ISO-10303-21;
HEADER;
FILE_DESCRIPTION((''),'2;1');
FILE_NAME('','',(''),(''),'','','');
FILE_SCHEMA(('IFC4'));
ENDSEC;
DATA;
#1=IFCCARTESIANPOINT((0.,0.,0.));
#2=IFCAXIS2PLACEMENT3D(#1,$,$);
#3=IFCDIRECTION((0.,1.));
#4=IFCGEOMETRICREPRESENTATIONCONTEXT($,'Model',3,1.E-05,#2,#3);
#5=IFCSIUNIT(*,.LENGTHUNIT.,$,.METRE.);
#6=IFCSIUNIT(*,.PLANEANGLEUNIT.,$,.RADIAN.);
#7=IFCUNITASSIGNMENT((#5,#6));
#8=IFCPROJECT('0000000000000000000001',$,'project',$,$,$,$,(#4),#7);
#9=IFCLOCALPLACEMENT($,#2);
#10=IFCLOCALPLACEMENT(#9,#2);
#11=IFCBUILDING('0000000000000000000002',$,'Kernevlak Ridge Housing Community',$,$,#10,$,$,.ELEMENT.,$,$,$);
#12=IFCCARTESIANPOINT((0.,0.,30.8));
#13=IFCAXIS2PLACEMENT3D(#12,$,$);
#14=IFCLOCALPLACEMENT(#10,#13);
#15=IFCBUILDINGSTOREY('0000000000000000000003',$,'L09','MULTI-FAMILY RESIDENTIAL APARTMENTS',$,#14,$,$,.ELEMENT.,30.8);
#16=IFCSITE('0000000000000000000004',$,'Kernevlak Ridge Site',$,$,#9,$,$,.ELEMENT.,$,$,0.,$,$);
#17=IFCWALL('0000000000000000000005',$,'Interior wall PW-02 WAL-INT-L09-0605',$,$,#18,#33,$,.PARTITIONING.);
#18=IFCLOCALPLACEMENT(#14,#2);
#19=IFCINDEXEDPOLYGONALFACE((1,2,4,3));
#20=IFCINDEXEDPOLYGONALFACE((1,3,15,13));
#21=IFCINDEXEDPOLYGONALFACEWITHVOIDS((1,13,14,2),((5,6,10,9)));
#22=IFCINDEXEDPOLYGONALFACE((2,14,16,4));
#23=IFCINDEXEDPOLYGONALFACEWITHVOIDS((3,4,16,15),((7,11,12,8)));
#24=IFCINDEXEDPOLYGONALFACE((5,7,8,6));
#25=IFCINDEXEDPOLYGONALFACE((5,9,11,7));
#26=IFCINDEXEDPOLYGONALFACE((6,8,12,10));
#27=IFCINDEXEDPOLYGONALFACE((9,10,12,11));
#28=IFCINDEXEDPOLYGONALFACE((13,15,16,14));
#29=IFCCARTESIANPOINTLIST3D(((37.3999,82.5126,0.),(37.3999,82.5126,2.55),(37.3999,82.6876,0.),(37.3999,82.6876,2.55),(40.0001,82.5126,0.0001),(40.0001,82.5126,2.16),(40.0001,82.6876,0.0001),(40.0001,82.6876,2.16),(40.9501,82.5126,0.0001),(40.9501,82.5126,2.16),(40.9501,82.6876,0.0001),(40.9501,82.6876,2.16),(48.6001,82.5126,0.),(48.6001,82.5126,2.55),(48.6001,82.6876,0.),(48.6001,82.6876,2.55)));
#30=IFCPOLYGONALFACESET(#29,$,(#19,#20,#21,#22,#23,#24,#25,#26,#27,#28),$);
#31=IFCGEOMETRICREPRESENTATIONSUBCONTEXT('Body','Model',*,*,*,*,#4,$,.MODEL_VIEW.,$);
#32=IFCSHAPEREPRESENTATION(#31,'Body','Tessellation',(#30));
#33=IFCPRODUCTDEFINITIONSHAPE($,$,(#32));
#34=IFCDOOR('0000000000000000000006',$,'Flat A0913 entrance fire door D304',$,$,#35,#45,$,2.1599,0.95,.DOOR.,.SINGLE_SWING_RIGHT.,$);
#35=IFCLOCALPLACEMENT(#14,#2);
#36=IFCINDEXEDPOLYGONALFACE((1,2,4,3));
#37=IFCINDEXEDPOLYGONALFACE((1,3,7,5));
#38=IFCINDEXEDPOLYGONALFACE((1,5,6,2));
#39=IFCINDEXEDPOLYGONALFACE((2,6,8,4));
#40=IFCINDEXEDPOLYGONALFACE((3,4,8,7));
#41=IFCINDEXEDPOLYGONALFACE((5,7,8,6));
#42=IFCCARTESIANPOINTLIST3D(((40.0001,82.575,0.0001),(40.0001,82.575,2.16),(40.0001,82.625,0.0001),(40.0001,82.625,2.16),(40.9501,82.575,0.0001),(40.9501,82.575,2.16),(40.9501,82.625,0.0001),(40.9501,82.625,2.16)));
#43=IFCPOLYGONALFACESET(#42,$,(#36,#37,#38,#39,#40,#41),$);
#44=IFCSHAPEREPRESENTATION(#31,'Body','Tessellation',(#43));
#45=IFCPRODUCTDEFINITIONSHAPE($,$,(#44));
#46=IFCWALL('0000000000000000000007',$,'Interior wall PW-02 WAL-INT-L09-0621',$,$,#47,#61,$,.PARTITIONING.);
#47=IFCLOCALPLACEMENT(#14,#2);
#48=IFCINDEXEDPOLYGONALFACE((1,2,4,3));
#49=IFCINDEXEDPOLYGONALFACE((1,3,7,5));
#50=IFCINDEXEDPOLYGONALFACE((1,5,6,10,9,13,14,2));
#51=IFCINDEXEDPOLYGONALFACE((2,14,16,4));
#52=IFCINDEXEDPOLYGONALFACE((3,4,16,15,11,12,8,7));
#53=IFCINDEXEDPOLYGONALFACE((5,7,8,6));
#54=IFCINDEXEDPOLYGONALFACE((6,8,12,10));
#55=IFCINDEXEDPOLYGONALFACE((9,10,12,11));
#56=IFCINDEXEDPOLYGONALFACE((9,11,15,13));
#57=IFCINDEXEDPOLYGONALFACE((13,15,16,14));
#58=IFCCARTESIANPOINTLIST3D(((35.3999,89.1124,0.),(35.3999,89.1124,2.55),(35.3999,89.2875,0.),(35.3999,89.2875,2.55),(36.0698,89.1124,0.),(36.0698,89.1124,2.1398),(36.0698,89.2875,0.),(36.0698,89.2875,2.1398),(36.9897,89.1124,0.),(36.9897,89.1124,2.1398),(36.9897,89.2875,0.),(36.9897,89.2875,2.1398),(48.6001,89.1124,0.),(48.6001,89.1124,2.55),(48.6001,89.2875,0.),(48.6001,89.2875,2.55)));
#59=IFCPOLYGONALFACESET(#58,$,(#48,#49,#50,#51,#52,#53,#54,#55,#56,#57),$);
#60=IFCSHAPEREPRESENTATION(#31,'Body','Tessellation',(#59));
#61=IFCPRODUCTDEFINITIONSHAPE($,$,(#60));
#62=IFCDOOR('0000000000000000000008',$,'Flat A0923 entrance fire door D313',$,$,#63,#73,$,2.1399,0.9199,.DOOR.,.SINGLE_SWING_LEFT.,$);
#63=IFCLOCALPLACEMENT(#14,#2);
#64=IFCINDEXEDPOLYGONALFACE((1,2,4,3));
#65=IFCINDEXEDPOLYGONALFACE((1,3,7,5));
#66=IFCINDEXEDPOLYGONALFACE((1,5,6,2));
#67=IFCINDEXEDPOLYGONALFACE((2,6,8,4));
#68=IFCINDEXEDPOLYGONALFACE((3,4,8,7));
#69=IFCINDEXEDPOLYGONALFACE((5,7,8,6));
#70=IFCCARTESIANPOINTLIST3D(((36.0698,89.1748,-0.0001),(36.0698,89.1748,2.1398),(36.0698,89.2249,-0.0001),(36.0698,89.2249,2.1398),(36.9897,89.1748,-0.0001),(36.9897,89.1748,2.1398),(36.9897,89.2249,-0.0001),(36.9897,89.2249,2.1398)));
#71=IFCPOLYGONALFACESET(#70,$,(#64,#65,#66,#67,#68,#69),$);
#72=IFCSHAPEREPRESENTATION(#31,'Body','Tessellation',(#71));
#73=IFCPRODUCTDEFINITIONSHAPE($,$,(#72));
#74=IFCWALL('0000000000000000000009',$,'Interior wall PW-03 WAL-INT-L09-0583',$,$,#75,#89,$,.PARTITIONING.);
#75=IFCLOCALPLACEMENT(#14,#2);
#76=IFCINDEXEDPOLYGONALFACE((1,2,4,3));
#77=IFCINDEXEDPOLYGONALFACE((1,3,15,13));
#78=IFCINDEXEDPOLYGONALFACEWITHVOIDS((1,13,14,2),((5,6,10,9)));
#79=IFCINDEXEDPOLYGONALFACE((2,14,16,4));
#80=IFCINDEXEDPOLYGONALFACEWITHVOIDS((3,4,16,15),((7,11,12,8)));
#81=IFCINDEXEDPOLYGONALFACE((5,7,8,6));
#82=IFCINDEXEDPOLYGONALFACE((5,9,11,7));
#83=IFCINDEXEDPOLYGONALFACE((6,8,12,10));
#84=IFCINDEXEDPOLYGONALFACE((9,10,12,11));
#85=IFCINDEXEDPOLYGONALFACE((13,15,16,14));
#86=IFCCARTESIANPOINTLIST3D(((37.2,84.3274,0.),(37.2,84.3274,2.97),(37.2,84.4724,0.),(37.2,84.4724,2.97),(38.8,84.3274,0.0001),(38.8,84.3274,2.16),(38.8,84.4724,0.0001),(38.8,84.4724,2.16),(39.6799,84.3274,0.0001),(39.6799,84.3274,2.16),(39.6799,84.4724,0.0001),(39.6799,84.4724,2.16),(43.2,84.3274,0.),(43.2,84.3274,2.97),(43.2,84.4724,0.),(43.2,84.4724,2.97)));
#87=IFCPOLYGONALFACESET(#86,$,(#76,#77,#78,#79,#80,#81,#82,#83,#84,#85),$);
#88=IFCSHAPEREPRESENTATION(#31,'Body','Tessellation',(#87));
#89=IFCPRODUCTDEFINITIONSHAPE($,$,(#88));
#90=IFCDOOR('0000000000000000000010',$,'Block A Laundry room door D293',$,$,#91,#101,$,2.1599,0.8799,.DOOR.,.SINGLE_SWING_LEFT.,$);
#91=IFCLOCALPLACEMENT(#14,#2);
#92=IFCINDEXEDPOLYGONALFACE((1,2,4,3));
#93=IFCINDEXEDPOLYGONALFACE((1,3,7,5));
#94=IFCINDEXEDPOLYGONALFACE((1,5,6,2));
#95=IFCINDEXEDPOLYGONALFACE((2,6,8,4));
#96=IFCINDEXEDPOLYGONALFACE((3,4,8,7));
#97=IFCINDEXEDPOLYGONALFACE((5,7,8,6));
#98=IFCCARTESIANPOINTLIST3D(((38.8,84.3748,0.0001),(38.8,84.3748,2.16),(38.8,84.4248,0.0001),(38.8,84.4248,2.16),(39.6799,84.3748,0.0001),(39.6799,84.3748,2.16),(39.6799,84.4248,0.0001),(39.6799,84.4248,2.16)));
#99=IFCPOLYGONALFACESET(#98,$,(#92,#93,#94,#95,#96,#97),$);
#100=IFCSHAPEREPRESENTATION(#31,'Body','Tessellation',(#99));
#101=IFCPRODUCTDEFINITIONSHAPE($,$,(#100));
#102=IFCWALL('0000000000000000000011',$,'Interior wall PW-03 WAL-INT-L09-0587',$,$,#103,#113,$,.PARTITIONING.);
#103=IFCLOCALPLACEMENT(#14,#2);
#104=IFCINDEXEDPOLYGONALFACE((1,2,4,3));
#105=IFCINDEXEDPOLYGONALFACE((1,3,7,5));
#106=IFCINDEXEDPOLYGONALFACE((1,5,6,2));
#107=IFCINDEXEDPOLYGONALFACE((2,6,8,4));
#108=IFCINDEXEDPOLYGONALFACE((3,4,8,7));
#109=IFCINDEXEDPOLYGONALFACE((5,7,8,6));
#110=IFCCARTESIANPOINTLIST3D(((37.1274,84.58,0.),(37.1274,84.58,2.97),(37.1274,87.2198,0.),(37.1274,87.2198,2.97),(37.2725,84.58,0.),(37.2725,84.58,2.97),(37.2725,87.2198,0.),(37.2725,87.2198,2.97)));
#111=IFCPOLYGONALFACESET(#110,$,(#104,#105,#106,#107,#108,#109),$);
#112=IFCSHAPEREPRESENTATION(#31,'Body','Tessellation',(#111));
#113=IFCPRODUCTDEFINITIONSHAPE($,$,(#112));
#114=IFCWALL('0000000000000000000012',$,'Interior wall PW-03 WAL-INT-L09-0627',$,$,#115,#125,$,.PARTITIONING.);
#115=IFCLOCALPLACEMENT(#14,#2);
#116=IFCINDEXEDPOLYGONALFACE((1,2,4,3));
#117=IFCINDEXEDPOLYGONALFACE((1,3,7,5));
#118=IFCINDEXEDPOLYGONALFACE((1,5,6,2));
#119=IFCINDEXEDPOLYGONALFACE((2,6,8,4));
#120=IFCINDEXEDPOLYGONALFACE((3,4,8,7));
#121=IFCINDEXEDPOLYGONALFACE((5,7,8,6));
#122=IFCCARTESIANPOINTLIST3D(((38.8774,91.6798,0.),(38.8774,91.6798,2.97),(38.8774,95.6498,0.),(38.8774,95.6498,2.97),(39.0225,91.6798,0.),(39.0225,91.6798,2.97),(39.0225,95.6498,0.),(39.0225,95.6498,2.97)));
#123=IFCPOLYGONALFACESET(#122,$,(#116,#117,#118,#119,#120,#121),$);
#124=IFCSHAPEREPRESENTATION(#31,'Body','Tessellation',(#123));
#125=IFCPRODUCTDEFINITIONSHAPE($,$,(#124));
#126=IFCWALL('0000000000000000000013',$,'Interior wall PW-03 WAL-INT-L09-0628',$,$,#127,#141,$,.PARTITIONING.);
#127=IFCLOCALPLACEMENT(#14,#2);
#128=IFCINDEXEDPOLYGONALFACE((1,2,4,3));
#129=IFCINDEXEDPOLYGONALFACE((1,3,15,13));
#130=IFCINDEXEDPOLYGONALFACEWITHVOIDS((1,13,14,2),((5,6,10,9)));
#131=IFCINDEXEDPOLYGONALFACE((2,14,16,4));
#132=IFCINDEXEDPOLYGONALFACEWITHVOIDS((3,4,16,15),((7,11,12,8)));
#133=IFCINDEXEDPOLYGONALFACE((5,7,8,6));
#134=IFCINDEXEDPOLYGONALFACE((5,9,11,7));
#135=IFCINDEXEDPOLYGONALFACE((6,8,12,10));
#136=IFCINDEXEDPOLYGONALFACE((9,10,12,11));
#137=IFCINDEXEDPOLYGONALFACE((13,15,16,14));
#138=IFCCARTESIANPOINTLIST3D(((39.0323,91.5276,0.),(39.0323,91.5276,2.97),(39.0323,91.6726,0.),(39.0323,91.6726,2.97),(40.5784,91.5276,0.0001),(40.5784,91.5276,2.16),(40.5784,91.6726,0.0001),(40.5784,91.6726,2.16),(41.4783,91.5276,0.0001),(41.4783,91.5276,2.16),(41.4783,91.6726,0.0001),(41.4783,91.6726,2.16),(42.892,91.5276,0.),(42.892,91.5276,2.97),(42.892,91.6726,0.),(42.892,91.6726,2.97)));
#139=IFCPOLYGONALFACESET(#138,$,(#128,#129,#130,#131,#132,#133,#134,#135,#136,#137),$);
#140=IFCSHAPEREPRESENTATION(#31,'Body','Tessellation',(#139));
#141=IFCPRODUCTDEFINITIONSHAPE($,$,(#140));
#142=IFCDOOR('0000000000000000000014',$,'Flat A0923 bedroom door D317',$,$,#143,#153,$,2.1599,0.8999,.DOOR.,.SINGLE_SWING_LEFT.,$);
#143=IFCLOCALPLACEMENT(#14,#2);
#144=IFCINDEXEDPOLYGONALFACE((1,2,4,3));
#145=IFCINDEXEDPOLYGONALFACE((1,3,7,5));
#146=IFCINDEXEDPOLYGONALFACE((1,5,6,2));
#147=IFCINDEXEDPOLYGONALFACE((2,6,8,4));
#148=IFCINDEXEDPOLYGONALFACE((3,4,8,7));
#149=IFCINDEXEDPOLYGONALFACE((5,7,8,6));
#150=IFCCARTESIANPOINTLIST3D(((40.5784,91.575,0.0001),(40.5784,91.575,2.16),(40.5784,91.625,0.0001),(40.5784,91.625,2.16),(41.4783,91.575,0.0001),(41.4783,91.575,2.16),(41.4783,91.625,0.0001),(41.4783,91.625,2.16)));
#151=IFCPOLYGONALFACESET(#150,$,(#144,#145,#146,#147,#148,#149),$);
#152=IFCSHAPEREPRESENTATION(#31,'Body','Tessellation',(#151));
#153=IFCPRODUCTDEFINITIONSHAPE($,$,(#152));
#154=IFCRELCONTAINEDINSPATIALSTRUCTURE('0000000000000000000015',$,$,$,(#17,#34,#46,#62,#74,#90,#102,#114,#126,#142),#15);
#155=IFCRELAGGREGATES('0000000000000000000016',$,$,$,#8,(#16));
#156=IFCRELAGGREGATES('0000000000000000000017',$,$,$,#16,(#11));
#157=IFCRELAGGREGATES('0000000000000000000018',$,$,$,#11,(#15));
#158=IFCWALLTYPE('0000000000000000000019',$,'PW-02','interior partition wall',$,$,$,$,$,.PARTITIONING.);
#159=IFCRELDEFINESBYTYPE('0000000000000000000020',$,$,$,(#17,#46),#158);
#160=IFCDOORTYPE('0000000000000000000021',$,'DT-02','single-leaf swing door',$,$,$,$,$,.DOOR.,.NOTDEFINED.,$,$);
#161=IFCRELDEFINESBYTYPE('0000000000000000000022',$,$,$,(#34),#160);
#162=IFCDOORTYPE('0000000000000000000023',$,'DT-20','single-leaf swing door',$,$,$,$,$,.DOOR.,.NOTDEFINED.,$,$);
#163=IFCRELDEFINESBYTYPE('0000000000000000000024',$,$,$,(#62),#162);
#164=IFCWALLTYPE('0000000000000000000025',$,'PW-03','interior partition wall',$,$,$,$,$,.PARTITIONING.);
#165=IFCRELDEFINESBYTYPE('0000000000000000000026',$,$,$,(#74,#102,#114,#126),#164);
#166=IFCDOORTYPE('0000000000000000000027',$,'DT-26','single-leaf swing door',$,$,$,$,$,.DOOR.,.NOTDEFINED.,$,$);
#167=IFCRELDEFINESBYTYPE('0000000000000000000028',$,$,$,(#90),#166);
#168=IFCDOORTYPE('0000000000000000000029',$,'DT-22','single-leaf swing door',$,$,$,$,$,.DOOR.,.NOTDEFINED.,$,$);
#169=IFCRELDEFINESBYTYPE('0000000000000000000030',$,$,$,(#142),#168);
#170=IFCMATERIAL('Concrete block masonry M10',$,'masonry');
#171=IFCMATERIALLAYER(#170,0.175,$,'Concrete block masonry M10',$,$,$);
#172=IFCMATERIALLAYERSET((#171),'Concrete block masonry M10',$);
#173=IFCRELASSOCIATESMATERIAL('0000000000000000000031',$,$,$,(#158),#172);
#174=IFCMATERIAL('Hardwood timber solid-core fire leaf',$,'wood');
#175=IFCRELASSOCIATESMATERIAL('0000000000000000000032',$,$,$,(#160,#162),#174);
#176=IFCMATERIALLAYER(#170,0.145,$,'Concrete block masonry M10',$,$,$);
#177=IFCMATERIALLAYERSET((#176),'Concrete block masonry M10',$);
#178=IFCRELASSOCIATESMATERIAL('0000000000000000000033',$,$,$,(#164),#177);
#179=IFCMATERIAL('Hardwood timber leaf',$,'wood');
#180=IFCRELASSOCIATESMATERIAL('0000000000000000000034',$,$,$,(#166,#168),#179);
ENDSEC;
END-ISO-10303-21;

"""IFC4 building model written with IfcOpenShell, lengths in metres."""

from ifc_helpers import new_model, si_unit, direction, frame, frame_2d, origin, place, context, subcontext, project, spatial, rectangle, extrude, material, layer, layer_set, type_object, element, fill, save


model = new_model("IFC4")

# Units and contexts
model_context = context("Model", 3, precision=1e-05, world=origin(), true_north=direction((0.0, 1.0)))
body_context = subcontext(model_context, "Body", "Model", "MODEL_VIEW")
ifc_project = project(units=[si_unit("LENGTHUNIT", "METRE"), si_unit("PLANEANGLEUNIT", "RADIAN")], contexts=[model_context])

# Site, building, storey
site_placement = place(None, origin())
site = spatial("IfcSite", under=ifc_project, at=site_placement, Name="Kernevlak Ridge Site", CompositionType="ELEMENT", RefElevation=0.0)
building_placement = place(site_placement, origin())
building = spatial("IfcBuilding", under=site, at=building_placement, Name="Kernevlak Ridge Housing Community", CompositionType="ELEMENT")
storey_placement = place(building_placement, frame((0.0, 0.0, 30.8)))
storey = spatial("IfcBuildingStorey", under=building, at=storey_placement, Name="L09", Description="MULTI-FAMILY RESIDENTIAL APARTMENTS", CompositionType="ELEMENT", Elevation=30.8)

# Shared definitions
ifc_material_1 = material(Name="Concrete block masonry M10", Category="masonry")

# Shared definitions
ifc_layer_1 = layer(ifc_material_1, 0.175, Name="Concrete block masonry M10")
ifc_layer_set_1 = layer_set([ifc_layer_1], Name="Concrete block masonry M10")
wall_type_1 = type_object("IfcWallType", Name="PW-02", Description="interior partition wall", PredefinedType="PARTITIONING", material=ifc_layer_set_1)

# Walls, openings, doors
wall_1_placement = place(storey_placement, frame((37.3999, 82.6001, 0.0), z_axis=(0.0, 0.0, 1.0), x_axis=(1.0, 0.0, 0.0)))
wall_1 = element("IfcWall", 1, at=wall_1_placement, inside=storey, type_object=wall_type_1, Name="Interior wall PW-02 WAL-INT-L09-0605", PredefinedType="PARTITIONING", context=body_context, shape_type="SweptSolid", body=[
    extrude(rectangle(XDim=11.2002, YDim=0.175, at=frame_2d((5.6001, 0.0))), origin(), (0.0, 0.0, 1.0), 2.55),
])
opening_1_placement = place(wall_1_placement, frame((2.6001, 0.0, 0.0)))
opening_1 = element("IfcOpeningElement", 2, at=opening_1_placement, cuts=wall_1, PredefinedType="OPENING", context=body_context, shape_type="SweptSolid", body=[
    extrude(rectangle(XDim=0.95, YDim=2.1599, at=frame_2d((0.4751, 1.0801))), frame((0.0, 0.0974, 0.0), z_axis=(0.0, -1.0, 0.0), x_axis=(1.0, 0.0, 0.0)), (0.0, 0.0, 1.0), 0.1951),
])
ifc_material_2 = material(Name="Hardwood timber solid-core fire leaf", Category="wood")
door_type_1 = type_object("IfcDoorType", Name="DT-02", Description="single-leaf swing door", OperationType="NOTDEFINED", PredefinedType="DOOR", material=ifc_material_2)
door_1_placement = place(opening_1_placement, origin())
door_1 = element("IfcDoor", 3, at=door_1_placement, inside=storey, type_object=door_type_1, Name="Flat A0913 entrance fire door D304", OperationType="SINGLE_SWING_RIGHT", OverallHeight=2.1599, OverallWidth=0.95, PredefinedType="DOOR", context=body_context, shape_type="SweptSolid", body=[
    extrude(rectangle(XDim=0.95, YDim=2.1599, at=frame_2d((0.4751, 1.0801))), frame((0.0, 0.0249, 0.0), z_axis=(0.0, -1.0, 0.0), x_axis=(1.0, 0.0, 0.0)), (0.0, 0.0, 1.0), 0.05),
])
fill(opening_1, door_1)
wall_2_placement = place(storey_placement, frame((35.3999, 89.2, 0.0), z_axis=(0.0, 0.0, 1.0), x_axis=(1.0, 0.0, 0.0)))
wall_2 = element("IfcWall", 4, at=wall_2_placement, inside=storey, type_object=wall_type_1, Name="Interior wall PW-02 WAL-INT-L09-0621", PredefinedType="PARTITIONING", context=body_context, shape_type="SweptSolid", body=[
    extrude(rectangle(XDim=13.2002, YDim=0.175, at=frame_2d((6.6001, 0.0))), origin(), (0.0, 0.0, 1.0), 2.55),
])
opening_2_placement = place(wall_2_placement, frame((0.6699, 0.0, 0.0)))
opening_2 = element("IfcOpeningElement", 5, at=opening_2_placement, cuts=wall_2, PredefinedType="OPENING", context=body_context, shape_type="SweptSolid", body=[
    extrude(rectangle(XDim=0.9199, YDim=2.1399, at=frame_2d((0.46, 1.0698))), frame((0.0, 0.0974, 0.0), z_axis=(0.0, -1.0, 0.0), x_axis=(1.0, 0.0, 0.0)), (0.0, 0.0, 1.0), 0.1951),
])
door_type_2 = type_object("IfcDoorType", Name="DT-20", Description="single-leaf swing door", OperationType="NOTDEFINED", PredefinedType="DOOR", material=ifc_material_2)
door_2_placement = place(opening_2_placement, origin())
door_2 = element("IfcDoor", 6, at=door_2_placement, inside=storey, type_object=door_type_2, Name="Flat A0923 entrance fire door D313", OperationType="SINGLE_SWING_LEFT", OverallHeight=2.1399, OverallWidth=0.9199, PredefinedType="DOOR", context=body_context, shape_type="SweptSolid", body=[
    extrude(rectangle(XDim=0.9199, YDim=2.1399, at=frame_2d((0.46, 1.0698))), frame((0.0, 0.0249, 0.0), z_axis=(0.0, -1.0, 0.0), x_axis=(1.0, 0.0, 0.0)), (0.0, 0.0, 1.0), 0.05),
])
fill(opening_2, door_2)
ifc_layer_2 = layer(ifc_material_1, 0.145, Name="Concrete block masonry M10")
ifc_layer_set_2 = layer_set([ifc_layer_2], Name="Concrete block masonry M10")
wall_type_2 = type_object("IfcWallType", Name="PW-03", Description="interior partition wall", PredefinedType="PARTITIONING", material=ifc_layer_set_2)
wall_3_placement = place(storey_placement, frame((37.2, 84.3999, 0.0), z_axis=(0.0, 0.0, 1.0), x_axis=(1.0, 0.0, 0.0)))
wall_3 = element("IfcWall", 7, at=wall_3_placement, inside=storey, type_object=wall_type_2, Name="Interior wall PW-03 WAL-INT-L09-0583", PredefinedType="PARTITIONING", context=body_context, shape_type="SweptSolid", body=[
    extrude(rectangle(XDim=6.0, YDim=0.145, at=frame_2d((3.0, 0.0))), origin(), (0.0, 0.0, 1.0), 2.97),
])
opening_3_placement = place(wall_3_placement, frame((1.6001, 0.0, 0.0)))
opening_3 = element("IfcOpeningElement", 8, at=opening_3_placement, cuts=wall_3, PredefinedType="OPENING", context=body_context, shape_type="SweptSolid", body=[
    extrude(rectangle(XDim=0.8799, YDim=2.1599, at=frame_2d((0.4399, 1.0801))), frame((0.0, 0.0825, 0.0), z_axis=(0.0, -1.0, 0.0), x_axis=(1.0, 0.0, 0.0)), (0.0, 0.0, 1.0), 0.165),
])
ifc_material_3 = material(Name="Hardwood timber leaf", Category="wood")
door_type_3 = type_object("IfcDoorType", Name="DT-26", Description="single-leaf swing door", OperationType="NOTDEFINED", PredefinedType="DOOR", material=ifc_material_3)
door_3_placement = place(opening_3_placement, origin())
door_3 = element("IfcDoor", 9, at=door_3_placement, inside=storey, type_object=door_type_3, Name="Block A Laundry room door D293", OperationType="SINGLE_SWING_LEFT", OverallHeight=2.1599, OverallWidth=0.8799, PredefinedType="DOOR", context=body_context, shape_type="SweptSolid", body=[
    extrude(rectangle(XDim=0.8799, YDim=2.1599, at=frame_2d((0.4399, 1.0801))), frame((0.0, 0.0249, 0.0), z_axis=(0.0, -1.0, 0.0), x_axis=(1.0, 0.0, 0.0)), (0.0, 0.0, 1.0), 0.05),
])
fill(opening_3, door_3)

# Walls
wall_4_placement = place(storey_placement, frame((37.2, 84.5801, 0.0), z_axis=(0.0, 0.0, 1.0), x_axis=(0.0, 1.0, 0.0)))
element("IfcWall", 10, at=wall_4_placement, inside=storey, type_object=wall_type_2, Name="Interior wall PW-03 WAL-INT-L09-0587", PredefinedType="PARTITIONING", context=body_context, shape_type="SweptSolid", body=[
    extrude(rectangle(XDim=2.6399, YDim=0.145, at=frame_2d((1.3198, 0.0))), origin(), (0.0, 0.0, 1.0), 2.97),
])
wall_5_placement = place(storey_placement, frame((38.95, 91.6799, 0.0), z_axis=(0.0, 0.0, 1.0), x_axis=(0.0, 1.0, 0.0)))
element("IfcWall", 11, at=wall_5_placement, inside=storey, type_object=wall_type_2, Name="Interior wall PW-03 WAL-INT-L09-0627", PredefinedType="PARTITIONING", context=body_context, shape_type="SweptSolid", body=[
    extrude(rectangle(XDim=3.97, YDim=0.145, at=frame_2d((1.9849, 0.0))), origin(), (0.0, 0.0, 1.0), 2.97),
])

# Wall, opening, door
wall_6_placement = place(storey_placement, frame((39.0325, 91.6001, 0.0), z_axis=(0.0, 0.0, 1.0), x_axis=(1.0, 0.0, 0.0)))
wall_6 = element("IfcWall", 12, at=wall_6_placement, inside=storey, type_object=wall_type_2, Name="Interior wall PW-03 WAL-INT-L09-0628", PredefinedType="PARTITIONING", context=body_context, shape_type="SweptSolid", body=[
    extrude(rectangle(XDim=3.8596, YDim=0.145, at=frame_2d((1.9297, 0.0))), origin(), (0.0, 0.0, 1.0), 2.97),
])
opening_4_placement = place(wall_6_placement, frame((1.5459, 0.0, 0.0)))
opening_4 = element("IfcOpeningElement", 13, at=opening_4_placement, cuts=wall_6, PredefinedType="OPENING", context=body_context, shape_type="SweptSolid", body=[
    extrude(rectangle(XDim=0.8999, YDim=2.1599, at=frame_2d((0.45, 1.0801))), frame((0.0, 0.0825, 0.0), z_axis=(0.0, -1.0, 0.0), x_axis=(1.0, 0.0, 0.0)), (0.0, 0.0, 1.0), 0.165),
])
door_type_4 = type_object("IfcDoorType", Name="DT-22", Description="single-leaf swing door", OperationType="NOTDEFINED", PredefinedType="DOOR", material=ifc_material_3)
door_4_placement = place(opening_4_placement, origin())
door_4 = element("IfcDoor", 14, at=door_4_placement, inside=storey, type_object=door_type_4, Name="Flat A0923 bedroom door D317", OperationType="SINGLE_SWING_LEFT", OverallHeight=2.1599, OverallWidth=0.8999, PredefinedType="DOOR", context=body_context, shape_type="SweptSolid", body=[
    extrude(rectangle(XDim=0.8999, YDim=2.1599, at=frame_2d((0.45, 1.0801))), frame((0.0, 0.0249, 0.0), z_axis=(0.0, -1.0, 0.0), x_axis=(1.0, 0.0, 0.0)), (0.0, 0.0, 1.0), 0.05),
])
fill(opening_4, door_4)

save(model, "model.ifc")
